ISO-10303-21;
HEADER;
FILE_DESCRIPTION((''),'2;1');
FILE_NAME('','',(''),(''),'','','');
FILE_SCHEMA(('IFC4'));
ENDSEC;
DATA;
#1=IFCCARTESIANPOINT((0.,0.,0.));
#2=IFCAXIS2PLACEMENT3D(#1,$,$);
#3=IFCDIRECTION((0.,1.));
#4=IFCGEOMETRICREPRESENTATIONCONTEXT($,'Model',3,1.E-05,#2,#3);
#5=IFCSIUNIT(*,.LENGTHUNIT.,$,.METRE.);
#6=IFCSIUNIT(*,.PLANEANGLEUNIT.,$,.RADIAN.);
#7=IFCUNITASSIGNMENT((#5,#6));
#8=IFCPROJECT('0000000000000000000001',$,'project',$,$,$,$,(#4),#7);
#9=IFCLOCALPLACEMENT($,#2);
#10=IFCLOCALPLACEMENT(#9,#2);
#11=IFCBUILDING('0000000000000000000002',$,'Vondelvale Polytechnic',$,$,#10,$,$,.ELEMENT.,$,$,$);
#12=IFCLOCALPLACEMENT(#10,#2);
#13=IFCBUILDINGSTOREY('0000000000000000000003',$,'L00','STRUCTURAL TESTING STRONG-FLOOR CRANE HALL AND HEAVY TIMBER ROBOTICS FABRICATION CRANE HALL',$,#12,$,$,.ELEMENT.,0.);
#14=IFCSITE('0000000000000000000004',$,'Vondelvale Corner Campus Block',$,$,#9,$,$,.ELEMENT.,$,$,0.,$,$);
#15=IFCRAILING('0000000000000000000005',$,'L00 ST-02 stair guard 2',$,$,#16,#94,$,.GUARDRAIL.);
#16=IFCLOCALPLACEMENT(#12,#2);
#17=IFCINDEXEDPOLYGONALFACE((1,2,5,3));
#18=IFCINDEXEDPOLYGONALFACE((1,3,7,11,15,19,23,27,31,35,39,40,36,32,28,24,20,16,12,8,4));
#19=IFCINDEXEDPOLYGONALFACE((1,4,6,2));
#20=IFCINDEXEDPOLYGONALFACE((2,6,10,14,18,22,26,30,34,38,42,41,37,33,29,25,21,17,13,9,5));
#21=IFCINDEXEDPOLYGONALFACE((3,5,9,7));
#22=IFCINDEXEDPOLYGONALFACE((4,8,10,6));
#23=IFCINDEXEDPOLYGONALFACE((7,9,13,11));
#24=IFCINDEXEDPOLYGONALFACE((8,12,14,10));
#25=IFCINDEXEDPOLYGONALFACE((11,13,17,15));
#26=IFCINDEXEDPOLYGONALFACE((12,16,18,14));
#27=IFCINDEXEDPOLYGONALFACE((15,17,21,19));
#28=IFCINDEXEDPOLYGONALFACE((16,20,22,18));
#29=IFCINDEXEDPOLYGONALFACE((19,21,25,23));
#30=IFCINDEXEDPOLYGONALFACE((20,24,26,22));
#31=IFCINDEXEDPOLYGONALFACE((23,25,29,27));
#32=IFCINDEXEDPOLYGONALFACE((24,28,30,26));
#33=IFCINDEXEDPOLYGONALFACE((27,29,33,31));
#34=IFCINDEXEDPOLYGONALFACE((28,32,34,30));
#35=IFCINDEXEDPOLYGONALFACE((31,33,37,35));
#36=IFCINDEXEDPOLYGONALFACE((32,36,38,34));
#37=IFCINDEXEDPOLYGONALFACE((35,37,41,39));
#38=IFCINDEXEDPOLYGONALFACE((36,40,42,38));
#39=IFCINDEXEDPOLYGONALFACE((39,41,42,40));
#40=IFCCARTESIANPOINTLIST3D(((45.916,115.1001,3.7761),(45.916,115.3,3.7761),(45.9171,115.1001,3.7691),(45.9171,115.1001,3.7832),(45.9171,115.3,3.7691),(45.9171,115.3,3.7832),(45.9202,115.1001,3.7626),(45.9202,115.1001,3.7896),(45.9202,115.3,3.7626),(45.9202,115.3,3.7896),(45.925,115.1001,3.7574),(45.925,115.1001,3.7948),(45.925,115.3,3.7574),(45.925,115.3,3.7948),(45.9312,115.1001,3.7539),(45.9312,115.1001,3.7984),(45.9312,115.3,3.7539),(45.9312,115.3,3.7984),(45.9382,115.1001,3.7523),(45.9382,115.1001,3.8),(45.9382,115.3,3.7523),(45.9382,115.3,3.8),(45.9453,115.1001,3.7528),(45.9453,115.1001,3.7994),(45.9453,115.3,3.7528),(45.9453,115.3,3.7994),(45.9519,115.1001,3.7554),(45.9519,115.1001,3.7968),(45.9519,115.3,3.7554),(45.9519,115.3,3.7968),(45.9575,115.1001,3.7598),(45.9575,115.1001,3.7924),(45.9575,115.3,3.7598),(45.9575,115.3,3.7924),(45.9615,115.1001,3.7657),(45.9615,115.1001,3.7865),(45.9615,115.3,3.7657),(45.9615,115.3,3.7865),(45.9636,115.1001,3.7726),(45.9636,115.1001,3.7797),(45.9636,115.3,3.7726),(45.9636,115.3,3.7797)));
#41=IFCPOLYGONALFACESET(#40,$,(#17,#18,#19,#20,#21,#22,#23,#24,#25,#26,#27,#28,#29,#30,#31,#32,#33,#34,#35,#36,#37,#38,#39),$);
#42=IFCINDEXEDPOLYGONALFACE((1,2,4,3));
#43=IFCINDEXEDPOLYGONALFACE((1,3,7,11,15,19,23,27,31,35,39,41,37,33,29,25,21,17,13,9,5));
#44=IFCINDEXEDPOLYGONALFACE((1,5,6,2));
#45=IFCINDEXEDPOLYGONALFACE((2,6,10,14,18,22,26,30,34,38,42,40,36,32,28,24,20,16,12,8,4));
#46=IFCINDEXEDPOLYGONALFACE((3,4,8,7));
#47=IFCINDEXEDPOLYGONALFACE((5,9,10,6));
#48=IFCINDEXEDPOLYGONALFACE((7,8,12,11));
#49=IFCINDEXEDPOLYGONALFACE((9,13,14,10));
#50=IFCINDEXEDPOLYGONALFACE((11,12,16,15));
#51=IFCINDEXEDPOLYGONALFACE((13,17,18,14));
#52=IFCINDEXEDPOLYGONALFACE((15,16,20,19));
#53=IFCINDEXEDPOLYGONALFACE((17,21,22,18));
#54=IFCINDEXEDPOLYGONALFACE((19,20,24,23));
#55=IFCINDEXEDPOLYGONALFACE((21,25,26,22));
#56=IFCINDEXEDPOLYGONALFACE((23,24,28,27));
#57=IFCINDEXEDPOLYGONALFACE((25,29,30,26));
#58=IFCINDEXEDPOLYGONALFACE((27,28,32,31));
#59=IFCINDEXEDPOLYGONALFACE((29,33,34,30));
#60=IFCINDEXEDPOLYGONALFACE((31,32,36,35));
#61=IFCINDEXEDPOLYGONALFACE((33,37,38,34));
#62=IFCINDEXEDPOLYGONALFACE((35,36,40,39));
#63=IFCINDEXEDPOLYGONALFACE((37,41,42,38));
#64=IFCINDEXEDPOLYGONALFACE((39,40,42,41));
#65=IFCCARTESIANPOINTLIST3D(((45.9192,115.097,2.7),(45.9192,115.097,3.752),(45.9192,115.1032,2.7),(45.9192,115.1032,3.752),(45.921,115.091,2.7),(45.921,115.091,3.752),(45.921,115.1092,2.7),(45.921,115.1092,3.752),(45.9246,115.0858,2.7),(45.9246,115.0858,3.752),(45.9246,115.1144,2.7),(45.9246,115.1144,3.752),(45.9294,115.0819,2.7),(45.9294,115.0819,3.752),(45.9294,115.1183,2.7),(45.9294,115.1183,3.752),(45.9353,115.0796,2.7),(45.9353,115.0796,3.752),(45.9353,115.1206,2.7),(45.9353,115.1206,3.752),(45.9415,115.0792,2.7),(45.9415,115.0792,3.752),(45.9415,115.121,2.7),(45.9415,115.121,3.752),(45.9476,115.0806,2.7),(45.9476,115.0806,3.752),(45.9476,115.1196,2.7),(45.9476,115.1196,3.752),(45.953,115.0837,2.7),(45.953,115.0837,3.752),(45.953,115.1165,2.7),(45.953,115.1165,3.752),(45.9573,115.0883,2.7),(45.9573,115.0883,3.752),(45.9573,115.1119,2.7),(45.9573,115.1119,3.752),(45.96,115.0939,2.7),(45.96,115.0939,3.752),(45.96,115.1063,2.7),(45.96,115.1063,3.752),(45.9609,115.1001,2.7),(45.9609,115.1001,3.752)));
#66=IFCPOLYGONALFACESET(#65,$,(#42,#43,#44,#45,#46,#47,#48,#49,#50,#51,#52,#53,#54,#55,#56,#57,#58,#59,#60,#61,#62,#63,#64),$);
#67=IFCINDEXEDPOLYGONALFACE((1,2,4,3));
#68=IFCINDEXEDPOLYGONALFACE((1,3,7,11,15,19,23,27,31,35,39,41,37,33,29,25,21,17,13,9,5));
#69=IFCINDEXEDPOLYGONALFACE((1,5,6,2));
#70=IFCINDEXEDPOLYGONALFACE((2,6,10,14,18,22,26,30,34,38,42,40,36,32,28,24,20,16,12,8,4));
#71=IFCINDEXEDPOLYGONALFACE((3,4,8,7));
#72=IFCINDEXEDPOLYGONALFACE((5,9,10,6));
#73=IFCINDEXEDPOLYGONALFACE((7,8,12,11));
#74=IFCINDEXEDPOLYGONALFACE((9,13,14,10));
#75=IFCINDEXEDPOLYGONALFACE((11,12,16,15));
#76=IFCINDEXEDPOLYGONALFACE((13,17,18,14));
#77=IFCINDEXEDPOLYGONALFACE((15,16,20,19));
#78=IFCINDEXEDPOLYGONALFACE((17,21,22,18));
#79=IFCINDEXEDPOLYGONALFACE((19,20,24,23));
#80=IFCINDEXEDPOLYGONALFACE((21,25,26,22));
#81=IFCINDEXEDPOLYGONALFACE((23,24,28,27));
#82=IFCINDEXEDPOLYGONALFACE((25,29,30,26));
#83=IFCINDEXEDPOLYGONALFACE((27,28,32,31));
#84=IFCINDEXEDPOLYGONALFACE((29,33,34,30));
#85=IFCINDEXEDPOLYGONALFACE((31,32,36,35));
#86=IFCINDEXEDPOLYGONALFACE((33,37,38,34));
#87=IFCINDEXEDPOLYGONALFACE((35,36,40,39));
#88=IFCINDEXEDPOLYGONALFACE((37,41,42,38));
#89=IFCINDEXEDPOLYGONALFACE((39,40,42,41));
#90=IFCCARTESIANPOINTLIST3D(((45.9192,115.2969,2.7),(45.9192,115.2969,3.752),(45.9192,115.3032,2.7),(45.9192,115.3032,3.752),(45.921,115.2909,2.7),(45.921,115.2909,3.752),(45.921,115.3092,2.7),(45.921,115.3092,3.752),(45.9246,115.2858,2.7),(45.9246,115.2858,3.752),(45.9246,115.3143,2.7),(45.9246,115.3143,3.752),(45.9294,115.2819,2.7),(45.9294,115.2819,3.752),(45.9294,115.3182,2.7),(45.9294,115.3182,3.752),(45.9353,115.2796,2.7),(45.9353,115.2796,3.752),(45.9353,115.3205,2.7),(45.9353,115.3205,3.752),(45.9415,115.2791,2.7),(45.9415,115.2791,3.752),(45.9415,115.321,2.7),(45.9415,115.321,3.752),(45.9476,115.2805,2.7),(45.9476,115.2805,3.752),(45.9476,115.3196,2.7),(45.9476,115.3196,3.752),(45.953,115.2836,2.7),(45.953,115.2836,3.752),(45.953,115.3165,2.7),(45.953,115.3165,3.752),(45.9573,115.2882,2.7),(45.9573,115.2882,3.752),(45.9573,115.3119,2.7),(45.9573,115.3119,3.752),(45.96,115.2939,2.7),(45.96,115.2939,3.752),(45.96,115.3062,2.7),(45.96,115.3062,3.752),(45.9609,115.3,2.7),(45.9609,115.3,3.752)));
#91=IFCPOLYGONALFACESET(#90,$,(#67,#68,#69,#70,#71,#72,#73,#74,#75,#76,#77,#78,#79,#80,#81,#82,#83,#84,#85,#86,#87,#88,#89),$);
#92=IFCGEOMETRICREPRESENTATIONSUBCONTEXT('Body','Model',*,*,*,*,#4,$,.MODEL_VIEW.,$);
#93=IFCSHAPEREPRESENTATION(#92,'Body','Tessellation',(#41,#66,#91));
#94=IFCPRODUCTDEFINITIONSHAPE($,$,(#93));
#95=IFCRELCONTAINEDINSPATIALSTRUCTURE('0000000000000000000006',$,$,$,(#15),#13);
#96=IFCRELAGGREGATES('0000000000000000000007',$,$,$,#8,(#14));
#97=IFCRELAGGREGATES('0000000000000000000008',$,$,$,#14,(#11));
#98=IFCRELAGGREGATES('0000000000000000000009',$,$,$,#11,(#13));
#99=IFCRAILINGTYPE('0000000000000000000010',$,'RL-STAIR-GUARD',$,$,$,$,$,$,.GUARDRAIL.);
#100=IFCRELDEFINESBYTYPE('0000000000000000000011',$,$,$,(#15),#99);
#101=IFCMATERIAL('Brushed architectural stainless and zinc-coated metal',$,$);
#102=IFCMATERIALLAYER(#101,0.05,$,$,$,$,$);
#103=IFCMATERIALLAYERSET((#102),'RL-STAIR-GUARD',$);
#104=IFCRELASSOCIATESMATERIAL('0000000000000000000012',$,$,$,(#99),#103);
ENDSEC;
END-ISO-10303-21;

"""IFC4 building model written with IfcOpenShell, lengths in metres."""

from ifc_helpers import new_model, si_unit, direction, frame, origin, origin_2d, place, context, subcontext, project, spatial, circle, extrude, material, layer, layer_set, type_object, element, save


model = new_model("IFC4")

# Units and contexts
model_context = context("Model", 3, precision=1e-05, world=origin(), true_north=direction((0.0, 1.0)))
body_context = subcontext(model_context, "Body", "Model", "MODEL_VIEW")
ifc_project = project(units=[si_unit("LENGTHUNIT", "METRE"), si_unit("PLANEANGLEUNIT", "RADIAN")], contexts=[model_context])

# Site, building, storey
site_placement = place(None, origin())
site = spatial("IfcSite", under=ifc_project, at=site_placement, Name="Vondelvale Corner Campus Block", CompositionType="ELEMENT", RefElevation=0.0)
building_placement = place(site_placement, origin())
building = spatial("IfcBuilding", under=site, at=building_placement, Name="Vondelvale Polytechnic", CompositionType="ELEMENT")
storey_placement = place(building_placement, origin())
storey = spatial("IfcBuildingStorey", under=building, at=storey_placement, Name="L00", Description="STRUCTURAL TESTING STRONG-FLOOR CRANE HALL AND HEAVY TIMBER ROBOTICS FABRICATION CRANE HALL", CompositionType="ELEMENT", Elevation=0.0)

# Shared definitions
ifc_material_1 = material(Name="Brushed architectural stainless and zinc-coated metal")

# Railing
ifc_layer_1 = layer(ifc_material_1, 0.05)
ifc_layer_set_1 = layer_set([ifc_layer_1], Name="RL-STAIR-GUARD")
railing_type_1 = type_object("IfcRailingType", Name="RL-STAIR-GUARD", PredefinedType="GUARDRAIL", material=ifc_layer_set_1)
railing_1_placement = place(storey_placement, frame((45.9399, 115.1001, 2.7)))
element("IfcRailing", 1, at=railing_1_placement, inside=storey, type_object=railing_type_1, Name="L00 ST-02 stair guard 2", PredefinedType="GUARDRAIL", context=body_context, shape_type="SweptSolid", body=[
    extrude(circle(Radius=0.0239, at=origin_2d()), frame((0.0, 0.0, 1.0762), z_axis=(0.0, 1.0, 0.0), x_axis=(-1.0, 0.0, 0.0)), (0.0, 0.0, 1.0), 0.2),
    extrude(circle(Radius=0.021, at=origin_2d()), origin(), (0.0, 0.0, 1.0), 1.052),
    extrude(circle(Radius=0.021, at=origin_2d()), frame((0.0, 0.2, 0.0)), (0.0, 0.0, 1.0), 1.052),
])

save(model, "model.ifc")
